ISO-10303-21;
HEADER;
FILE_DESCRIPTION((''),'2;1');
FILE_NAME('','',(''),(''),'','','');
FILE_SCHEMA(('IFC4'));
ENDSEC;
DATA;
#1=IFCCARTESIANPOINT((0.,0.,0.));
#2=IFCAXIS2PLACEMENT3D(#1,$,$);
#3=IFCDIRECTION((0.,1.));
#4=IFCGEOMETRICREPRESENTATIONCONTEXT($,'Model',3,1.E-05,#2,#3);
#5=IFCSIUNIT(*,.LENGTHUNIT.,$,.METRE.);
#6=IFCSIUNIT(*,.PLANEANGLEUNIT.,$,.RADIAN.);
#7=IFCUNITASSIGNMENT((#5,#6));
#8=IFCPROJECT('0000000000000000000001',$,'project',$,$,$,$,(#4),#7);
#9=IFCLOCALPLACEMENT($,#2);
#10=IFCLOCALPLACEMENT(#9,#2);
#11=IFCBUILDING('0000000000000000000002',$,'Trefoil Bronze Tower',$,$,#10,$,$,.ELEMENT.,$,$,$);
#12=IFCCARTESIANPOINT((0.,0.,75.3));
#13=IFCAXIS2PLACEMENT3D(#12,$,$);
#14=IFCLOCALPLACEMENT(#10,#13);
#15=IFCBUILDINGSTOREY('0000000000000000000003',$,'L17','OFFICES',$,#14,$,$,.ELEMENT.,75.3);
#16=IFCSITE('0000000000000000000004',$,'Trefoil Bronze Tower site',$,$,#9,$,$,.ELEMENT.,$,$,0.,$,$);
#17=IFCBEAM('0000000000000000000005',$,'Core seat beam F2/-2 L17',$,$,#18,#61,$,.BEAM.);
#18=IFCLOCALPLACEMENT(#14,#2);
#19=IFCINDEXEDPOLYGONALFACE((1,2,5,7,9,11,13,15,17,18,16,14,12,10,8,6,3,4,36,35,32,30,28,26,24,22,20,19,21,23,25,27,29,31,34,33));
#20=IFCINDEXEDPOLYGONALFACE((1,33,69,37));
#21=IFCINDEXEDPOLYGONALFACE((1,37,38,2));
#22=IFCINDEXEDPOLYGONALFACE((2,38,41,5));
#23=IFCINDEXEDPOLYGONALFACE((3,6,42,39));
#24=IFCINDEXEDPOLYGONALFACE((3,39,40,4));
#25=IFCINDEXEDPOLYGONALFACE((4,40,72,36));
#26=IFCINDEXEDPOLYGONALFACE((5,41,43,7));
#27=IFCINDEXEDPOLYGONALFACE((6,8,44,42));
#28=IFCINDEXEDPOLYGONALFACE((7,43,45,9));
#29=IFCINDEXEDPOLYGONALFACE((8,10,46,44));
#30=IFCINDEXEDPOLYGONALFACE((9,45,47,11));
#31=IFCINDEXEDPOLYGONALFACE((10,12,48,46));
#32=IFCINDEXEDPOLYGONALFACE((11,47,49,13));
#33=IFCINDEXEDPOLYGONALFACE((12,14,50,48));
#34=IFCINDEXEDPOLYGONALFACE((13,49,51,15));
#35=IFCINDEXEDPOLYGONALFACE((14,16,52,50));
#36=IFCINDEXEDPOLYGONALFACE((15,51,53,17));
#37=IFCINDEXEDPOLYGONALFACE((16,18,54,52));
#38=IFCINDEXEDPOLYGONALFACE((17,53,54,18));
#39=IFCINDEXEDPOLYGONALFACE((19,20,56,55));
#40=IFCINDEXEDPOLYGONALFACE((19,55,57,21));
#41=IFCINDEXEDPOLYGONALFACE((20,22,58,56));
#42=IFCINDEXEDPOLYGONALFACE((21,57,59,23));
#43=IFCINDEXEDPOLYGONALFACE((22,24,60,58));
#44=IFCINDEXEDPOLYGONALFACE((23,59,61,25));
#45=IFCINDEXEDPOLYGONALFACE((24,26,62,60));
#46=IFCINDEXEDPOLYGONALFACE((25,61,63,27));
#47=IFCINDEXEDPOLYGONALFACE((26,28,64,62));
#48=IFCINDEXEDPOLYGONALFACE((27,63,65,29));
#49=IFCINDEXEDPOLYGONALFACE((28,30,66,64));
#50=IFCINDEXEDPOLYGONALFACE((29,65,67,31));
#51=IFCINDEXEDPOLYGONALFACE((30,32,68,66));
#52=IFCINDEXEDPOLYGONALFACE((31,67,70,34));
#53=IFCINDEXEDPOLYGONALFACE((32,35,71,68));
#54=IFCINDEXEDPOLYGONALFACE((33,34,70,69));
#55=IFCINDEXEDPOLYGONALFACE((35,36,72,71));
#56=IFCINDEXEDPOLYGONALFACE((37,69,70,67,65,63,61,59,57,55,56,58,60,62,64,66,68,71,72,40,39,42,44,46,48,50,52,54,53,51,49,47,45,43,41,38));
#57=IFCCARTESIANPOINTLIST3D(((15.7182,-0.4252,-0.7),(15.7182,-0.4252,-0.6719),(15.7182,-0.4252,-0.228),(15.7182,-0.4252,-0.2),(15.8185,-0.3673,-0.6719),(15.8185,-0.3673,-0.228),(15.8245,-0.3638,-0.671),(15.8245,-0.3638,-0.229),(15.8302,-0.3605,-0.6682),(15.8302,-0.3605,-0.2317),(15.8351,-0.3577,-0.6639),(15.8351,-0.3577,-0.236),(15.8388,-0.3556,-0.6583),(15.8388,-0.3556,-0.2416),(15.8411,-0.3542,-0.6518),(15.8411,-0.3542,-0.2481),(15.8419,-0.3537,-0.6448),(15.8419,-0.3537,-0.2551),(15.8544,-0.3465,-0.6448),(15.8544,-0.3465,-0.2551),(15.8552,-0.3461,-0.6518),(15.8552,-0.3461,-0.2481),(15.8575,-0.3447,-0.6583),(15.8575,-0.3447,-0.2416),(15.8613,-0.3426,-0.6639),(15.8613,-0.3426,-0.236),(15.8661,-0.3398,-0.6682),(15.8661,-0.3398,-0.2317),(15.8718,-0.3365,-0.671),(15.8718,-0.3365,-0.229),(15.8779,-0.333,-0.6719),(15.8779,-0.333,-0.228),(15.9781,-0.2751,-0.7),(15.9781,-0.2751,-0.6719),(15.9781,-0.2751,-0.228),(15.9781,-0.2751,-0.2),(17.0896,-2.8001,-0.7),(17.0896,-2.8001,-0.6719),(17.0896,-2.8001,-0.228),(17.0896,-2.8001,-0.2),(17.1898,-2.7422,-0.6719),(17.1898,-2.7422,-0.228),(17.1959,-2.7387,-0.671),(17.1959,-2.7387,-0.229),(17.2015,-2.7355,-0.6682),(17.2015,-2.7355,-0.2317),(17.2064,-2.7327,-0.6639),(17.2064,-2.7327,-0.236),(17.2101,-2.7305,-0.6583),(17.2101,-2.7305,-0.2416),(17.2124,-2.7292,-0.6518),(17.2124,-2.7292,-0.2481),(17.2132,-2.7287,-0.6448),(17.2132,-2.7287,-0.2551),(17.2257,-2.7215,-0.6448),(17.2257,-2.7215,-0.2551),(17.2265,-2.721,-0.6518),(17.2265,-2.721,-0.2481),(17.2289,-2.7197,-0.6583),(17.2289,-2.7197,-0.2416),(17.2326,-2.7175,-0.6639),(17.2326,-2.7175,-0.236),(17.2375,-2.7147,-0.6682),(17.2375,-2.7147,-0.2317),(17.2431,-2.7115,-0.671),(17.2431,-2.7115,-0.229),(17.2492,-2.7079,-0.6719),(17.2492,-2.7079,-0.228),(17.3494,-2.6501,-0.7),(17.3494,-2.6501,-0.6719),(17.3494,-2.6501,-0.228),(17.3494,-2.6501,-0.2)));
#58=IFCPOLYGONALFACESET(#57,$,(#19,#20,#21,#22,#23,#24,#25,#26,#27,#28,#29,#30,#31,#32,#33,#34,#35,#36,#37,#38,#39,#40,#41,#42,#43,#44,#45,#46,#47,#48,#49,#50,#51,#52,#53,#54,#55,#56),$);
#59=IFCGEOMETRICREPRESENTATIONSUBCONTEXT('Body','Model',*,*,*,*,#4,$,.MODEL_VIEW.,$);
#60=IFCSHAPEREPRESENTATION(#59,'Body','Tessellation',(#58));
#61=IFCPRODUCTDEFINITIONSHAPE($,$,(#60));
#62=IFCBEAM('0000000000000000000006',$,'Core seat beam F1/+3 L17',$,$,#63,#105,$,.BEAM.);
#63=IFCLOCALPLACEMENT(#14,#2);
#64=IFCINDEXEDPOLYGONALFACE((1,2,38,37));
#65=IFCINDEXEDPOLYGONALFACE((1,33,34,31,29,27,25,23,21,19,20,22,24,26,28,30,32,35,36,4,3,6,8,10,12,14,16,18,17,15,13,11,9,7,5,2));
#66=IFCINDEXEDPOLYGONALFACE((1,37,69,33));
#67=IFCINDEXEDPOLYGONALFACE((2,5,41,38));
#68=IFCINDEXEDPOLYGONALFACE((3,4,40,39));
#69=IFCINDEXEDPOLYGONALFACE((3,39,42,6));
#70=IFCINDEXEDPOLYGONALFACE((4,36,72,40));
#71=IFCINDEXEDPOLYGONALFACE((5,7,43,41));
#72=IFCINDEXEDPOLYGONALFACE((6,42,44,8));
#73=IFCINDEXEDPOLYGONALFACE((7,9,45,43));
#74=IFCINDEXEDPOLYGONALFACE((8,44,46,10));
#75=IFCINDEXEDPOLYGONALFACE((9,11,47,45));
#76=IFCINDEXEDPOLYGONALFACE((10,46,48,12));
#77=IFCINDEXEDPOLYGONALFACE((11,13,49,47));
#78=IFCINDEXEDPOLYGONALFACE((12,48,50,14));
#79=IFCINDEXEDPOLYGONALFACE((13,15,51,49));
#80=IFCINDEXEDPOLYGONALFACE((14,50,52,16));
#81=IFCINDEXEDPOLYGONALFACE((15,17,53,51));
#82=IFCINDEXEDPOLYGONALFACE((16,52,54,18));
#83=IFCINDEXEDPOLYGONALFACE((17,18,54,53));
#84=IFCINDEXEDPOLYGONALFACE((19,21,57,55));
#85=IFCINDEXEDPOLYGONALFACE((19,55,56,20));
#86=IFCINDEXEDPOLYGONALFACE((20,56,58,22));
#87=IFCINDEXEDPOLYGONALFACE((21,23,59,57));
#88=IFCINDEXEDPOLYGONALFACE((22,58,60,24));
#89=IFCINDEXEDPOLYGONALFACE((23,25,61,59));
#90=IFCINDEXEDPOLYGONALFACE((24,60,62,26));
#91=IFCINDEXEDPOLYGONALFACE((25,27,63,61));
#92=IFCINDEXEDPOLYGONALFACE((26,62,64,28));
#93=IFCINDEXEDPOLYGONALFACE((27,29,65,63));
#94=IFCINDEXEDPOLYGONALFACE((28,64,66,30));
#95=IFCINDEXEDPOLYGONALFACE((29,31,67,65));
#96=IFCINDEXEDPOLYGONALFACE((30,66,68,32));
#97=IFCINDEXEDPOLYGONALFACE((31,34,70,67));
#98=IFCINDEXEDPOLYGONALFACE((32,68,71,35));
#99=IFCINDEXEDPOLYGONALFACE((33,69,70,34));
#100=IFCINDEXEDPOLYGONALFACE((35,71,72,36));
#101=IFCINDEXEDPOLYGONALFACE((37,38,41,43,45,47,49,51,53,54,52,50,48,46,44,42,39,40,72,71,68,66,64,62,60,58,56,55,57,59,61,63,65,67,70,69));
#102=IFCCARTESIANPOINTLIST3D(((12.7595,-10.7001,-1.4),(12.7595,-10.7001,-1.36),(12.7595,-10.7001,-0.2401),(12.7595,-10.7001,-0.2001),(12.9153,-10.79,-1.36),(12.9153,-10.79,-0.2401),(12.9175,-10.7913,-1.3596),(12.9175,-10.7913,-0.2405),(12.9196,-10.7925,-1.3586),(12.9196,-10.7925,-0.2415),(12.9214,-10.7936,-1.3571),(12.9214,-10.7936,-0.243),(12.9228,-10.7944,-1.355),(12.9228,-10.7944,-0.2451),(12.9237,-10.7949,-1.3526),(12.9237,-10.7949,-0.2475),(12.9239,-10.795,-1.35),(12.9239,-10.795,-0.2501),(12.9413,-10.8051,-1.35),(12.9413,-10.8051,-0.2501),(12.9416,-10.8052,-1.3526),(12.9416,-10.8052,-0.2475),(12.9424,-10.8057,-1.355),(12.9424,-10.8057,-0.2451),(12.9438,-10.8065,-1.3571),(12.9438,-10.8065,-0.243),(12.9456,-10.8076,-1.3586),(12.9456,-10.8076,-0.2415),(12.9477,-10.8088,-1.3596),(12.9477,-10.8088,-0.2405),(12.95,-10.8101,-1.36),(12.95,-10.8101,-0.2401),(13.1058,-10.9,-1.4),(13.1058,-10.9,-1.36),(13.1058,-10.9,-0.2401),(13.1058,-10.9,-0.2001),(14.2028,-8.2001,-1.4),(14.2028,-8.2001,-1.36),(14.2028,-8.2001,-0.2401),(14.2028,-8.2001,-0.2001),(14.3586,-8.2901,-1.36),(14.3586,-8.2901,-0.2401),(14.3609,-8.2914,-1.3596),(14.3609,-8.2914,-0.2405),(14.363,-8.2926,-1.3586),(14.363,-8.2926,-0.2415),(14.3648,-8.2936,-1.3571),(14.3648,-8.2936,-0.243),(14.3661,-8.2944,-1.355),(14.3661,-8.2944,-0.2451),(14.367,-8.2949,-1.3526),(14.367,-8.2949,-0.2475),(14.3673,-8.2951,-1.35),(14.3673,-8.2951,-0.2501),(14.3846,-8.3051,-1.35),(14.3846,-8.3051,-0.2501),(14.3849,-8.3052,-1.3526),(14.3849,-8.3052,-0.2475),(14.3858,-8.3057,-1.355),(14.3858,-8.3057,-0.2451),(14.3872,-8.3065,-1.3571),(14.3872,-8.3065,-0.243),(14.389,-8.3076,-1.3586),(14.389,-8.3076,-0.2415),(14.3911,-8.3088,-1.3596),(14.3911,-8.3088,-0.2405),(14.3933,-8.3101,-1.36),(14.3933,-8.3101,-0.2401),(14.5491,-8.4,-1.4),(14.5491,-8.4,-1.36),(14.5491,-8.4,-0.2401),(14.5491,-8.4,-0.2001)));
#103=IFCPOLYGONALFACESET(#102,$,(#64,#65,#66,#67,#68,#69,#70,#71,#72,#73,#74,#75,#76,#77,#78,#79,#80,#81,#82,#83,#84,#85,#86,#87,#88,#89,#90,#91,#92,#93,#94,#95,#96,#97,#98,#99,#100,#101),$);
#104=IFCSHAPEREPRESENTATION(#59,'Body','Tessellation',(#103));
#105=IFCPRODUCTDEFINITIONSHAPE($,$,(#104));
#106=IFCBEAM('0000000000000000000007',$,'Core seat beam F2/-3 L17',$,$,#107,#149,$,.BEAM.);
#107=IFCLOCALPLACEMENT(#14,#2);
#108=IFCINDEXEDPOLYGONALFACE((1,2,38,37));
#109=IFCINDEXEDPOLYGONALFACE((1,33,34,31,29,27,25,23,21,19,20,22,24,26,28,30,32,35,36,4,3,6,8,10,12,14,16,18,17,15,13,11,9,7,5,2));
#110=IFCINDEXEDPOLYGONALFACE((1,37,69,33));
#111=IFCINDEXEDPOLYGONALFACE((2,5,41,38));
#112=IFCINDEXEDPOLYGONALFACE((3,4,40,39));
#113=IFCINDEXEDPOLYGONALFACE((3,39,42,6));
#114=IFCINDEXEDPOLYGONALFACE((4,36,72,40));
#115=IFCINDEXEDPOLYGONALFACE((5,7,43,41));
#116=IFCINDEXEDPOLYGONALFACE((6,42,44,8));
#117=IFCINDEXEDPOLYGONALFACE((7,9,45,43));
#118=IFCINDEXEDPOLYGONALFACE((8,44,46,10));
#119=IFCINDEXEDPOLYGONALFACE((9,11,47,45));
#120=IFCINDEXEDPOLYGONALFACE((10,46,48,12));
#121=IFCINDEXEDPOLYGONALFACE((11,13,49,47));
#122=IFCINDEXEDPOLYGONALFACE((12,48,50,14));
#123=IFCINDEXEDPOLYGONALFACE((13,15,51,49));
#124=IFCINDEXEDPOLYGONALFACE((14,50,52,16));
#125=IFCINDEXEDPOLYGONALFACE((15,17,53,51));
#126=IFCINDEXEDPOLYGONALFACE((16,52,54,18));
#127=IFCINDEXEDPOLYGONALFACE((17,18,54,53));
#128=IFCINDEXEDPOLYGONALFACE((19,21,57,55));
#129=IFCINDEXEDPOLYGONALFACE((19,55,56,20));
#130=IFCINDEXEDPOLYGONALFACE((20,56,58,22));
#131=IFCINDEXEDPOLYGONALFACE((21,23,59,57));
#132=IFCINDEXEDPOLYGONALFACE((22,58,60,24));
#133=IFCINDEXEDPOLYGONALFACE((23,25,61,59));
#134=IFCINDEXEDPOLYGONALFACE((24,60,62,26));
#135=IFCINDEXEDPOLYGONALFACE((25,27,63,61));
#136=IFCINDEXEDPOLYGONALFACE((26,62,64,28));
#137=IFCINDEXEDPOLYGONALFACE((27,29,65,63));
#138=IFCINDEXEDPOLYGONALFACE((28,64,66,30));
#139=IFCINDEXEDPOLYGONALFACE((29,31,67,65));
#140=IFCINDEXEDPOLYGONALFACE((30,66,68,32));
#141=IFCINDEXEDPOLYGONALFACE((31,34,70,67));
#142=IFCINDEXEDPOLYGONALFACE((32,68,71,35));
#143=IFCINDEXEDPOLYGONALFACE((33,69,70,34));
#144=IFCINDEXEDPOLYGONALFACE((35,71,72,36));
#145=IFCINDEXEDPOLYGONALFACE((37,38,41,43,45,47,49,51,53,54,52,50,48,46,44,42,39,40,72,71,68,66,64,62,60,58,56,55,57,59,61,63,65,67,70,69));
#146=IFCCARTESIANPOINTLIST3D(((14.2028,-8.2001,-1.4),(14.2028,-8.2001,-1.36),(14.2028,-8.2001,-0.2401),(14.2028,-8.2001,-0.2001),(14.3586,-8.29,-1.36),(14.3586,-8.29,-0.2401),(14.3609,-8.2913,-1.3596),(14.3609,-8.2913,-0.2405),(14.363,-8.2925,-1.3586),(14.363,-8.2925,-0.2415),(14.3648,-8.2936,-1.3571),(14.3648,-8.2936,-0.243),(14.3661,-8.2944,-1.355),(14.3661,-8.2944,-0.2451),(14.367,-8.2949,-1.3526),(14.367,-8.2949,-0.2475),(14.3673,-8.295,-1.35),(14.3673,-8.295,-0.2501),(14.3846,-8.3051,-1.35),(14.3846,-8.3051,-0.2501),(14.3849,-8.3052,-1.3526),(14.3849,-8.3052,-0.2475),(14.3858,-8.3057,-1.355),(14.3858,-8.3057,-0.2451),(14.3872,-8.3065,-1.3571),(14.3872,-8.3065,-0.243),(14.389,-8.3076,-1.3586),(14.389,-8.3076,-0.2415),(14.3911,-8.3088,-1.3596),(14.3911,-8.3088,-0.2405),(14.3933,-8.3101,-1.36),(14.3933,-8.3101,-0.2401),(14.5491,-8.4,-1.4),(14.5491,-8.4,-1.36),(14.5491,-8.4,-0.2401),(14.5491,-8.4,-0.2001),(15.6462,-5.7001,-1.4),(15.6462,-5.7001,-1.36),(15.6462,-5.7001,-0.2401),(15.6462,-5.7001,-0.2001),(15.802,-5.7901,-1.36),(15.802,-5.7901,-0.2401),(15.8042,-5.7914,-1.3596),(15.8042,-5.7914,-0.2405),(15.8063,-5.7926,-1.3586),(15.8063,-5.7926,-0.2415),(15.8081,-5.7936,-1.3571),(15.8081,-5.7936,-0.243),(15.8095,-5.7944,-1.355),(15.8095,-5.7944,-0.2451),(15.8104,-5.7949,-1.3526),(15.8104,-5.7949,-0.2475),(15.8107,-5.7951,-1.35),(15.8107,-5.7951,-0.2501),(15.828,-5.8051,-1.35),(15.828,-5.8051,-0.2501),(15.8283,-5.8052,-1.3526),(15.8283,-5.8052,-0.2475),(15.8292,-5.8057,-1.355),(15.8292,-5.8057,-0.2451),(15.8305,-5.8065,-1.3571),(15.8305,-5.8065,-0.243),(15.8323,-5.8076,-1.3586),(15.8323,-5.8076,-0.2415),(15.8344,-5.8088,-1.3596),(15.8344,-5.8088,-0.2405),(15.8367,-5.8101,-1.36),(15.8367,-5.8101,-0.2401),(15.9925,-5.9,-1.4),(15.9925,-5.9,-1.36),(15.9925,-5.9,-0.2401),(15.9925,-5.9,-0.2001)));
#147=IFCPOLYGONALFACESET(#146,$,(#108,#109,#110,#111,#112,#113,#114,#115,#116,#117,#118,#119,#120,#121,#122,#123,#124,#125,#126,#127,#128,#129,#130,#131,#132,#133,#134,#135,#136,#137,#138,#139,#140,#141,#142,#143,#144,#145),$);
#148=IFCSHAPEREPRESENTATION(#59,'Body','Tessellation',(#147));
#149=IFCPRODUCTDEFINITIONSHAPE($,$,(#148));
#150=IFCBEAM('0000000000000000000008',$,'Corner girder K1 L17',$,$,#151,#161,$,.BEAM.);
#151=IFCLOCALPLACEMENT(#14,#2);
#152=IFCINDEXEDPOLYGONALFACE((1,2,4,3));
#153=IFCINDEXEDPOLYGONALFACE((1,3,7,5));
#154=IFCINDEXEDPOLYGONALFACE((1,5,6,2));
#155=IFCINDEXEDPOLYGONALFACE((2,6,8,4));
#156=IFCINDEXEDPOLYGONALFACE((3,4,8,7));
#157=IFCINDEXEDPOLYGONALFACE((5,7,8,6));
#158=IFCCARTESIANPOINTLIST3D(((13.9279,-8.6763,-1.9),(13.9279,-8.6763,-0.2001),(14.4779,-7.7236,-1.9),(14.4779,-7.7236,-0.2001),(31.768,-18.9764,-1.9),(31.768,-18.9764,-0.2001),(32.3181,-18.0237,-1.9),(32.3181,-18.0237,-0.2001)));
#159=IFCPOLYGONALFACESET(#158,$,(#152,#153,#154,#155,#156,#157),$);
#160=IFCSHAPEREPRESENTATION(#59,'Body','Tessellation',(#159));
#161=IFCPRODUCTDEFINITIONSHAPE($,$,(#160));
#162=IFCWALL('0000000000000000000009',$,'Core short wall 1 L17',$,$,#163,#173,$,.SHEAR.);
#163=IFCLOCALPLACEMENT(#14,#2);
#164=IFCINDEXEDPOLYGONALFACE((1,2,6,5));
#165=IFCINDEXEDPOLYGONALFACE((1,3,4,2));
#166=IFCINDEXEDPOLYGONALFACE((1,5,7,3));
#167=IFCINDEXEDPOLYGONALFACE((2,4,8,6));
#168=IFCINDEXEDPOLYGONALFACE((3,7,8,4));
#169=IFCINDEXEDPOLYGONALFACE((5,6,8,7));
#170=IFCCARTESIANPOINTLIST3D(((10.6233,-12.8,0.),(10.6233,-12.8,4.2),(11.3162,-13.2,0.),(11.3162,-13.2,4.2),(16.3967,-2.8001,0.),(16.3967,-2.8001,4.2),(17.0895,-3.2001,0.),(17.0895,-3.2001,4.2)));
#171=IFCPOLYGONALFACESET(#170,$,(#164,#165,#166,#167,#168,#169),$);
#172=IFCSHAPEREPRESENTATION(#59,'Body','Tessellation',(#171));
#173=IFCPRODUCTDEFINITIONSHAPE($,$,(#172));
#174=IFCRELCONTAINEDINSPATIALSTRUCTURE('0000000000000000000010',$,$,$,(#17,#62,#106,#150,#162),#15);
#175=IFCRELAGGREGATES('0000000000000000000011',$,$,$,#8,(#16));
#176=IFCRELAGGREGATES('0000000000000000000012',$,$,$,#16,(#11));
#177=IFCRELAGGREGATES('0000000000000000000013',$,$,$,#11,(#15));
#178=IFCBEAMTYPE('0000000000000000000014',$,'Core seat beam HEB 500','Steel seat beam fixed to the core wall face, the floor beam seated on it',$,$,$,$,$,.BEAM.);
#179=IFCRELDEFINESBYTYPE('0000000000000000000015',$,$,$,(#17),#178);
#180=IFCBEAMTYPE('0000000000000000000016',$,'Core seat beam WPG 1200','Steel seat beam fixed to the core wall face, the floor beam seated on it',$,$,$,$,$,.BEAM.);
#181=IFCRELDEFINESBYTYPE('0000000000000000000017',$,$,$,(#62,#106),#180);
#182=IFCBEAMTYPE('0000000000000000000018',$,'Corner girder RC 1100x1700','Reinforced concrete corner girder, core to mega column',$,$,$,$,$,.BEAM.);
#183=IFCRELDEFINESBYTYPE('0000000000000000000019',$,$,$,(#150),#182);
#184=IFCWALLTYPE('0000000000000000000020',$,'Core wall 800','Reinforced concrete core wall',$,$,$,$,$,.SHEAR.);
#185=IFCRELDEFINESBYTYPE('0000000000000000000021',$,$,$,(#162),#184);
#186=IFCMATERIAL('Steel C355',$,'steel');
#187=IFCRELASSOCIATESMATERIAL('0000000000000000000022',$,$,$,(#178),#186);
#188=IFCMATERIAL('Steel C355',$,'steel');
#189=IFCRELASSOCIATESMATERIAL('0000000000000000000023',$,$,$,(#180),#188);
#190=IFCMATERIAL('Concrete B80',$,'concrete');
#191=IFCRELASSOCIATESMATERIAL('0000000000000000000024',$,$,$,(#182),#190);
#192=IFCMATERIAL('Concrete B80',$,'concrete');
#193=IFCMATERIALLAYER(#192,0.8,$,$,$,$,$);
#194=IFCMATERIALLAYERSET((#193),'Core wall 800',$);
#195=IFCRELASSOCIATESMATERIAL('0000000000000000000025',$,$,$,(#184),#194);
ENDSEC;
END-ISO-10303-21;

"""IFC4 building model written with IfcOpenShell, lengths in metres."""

from ifc_helpers import new_model, si_unit, direction, frame, frame_2d, origin, origin_2d, place, context, subcontext, project, spatial, rectangle, i_section, extrude, material, layer, layer_set, material_profile, profile_set, type_object, element, save


model = new_model("IFC4")

# Units and contexts
model_context = context("Model", 3, precision=1e-05, world=origin(), true_north=direction((0.0, 1.0)))
body_context = subcontext(model_context, "Body", "Model", "MODEL_VIEW")
ifc_project = project(units=[si_unit("LENGTHUNIT", "METRE"), si_unit("PLANEANGLEUNIT", "RADIAN")], contexts=[model_context])

# Site, building, storey
site_placement = place(None, origin())
site = spatial("IfcSite", under=ifc_project, at=site_placement, Name="Trefoil Bronze Tower site", CompositionType="ELEMENT", RefElevation=0.0)
building_placement = place(site_placement, origin())
building = spatial("IfcBuilding", under=site, at=building_placement, Name="Trefoil Bronze Tower", CompositionType="ELEMENT")
storey_placement = place(building_placement, frame((0.0, 0.0, 75.3)))
storey = spatial("IfcBuildingStorey", under=building, at=storey_placement, Name="L17", Description="OFFICES", CompositionType="ELEMENT", Elevation=75.3)

# Beams
ifc_material_1 = material(Name="Steel C355", Category="steel")
ifc_material_profile_1 = material_profile(ifc_material_1, i_section(OverallWidth=0.3, OverallDepth=0.5, WebThickness=0.0144, FlangeThickness=0.0281, FilletRadius=0.0271, at=origin_2d()), Name="HEB 500")
ifc_profile_set_1 = profile_set([ifc_material_profile_1], Name="Steel C355")
beam_type_1 = type_object("IfcBeamType", Name="Core seat beam HEB 500", Description="Steel seat beam fixed to the core wall face, the floor beam seated on it", PredefinedType="BEAM", material=ifc_profile_set_1)
beam_1_placement = place(storey_placement, frame((17.2195, -2.7251, -0.45), z_axis=(-0.500036, 0.866005, 0.0), x_axis=(-0.866005, -0.500036, 0.0)))
element("IfcBeam", 1, at=beam_1_placement, inside=storey, type_object=beam_type_1, Name="Core seat beam F2/-2 L17", PredefinedType="BEAM", context=body_context, shape_type="SweptSolid", body=[
    extrude(i_section(OverallWidth=0.3, OverallDepth=0.5, WebThickness=0.0144, FlangeThickness=0.0281, FilletRadius=0.0271, at=origin_2d()), origin(), (0.0, 0.0, 1.0), 2.7424),
])
ifc_material_2 = material(Name="Steel C355", Category="steel")
ifc_material_profile_2 = material_profile(ifc_material_2, i_section(OverallWidth=0.3999, OverallDepth=1.2, WebThickness=0.02, FlangeThickness=0.04, FilletRadius=0.01, at=origin_2d()), Name="WPG 1200")
ifc_profile_set_2 = profile_set([ifc_material_profile_2], Name="Steel C355")
beam_type_2 = type_object("IfcBeamType", Name="Core seat beam WPG 1200", Description="Steel seat beam fixed to the core wall face, the floor beam seated on it", PredefinedType="BEAM", material=ifc_profile_set_2)
for number, where, z_axis, x_axis, name in (
    (2, (12.9326, -10.8, -0.8), (0.499996, 0.866028, 0.0), (-0.866028, 0.499996, 0.0), "Core seat beam F1/+3 L17"),
    (3, (14.376, -8.3, -0.8), (0.499996, 0.866028, 0.0), (-0.866028, 0.499996, 0.0), "Core seat beam F2/-3 L17"),
):
    element("IfcBeam", number, at=place(storey_placement, frame(where, z_axis=z_axis, x_axis=x_axis)), inside=storey, type_object=beam_type_2, Name=name, PredefinedType="BEAM", context=body_context, shape_type="SweptSolid", body=[
        extrude(i_section(OverallWidth=0.3999, OverallDepth=1.2, WebThickness=0.02, FlangeThickness=0.04, FilletRadius=0.01, at=origin_2d()), origin(), (0.0, 0.0, 1.0), 2.8867),
    ])
ifc_material_3 = material(Name="Concrete B80", Category="concrete")
ifc_material_profile_3 = material_profile(ifc_material_3, rectangle(XDim=1.1001, YDim=1.7, at=origin_2d()), Name="RC 1100x1700")
ifc_profile_set_3 = profile_set([ifc_material_profile_3], Name="Concrete B80")
beam_type_3 = type_object("IfcBeamType", Name="Corner girder RC 1100x1700", Description="Reinforced concrete corner girder, core to mega column", PredefinedType="BEAM", material=ifc_profile_set_3)
beam_2_placement = place(storey_placement, frame((14.2029, -8.2, -1.05), z_axis=(0.866024, -0.500003, 0.0), x_axis=(0.500003, 0.866024, 0.0)))
element("IfcBeam", 4, at=beam_2_placement, inside=storey, type_object=beam_type_3, Name="Corner girder K1 L17", PredefinedType="BEAM", context=body_context, shape_type="SweptSolid", body=[
    extrude(rectangle(XDim=1.1001, YDim=1.7, at=origin_2d()), origin(), (0.0, 0.0, 1.0), 20.6001),
])

# Wall
ifc_material_4 = material(Name="Concrete B80", Category="concrete")
ifc_layer_1 = layer(ifc_material_4, 0.8)
ifc_layer_set_1 = layer_set([ifc_layer_1], Name="Core wall 800")
wall_type_1 = type_object("IfcWallType", Name="Core wall 800", Description="Reinforced concrete core wall", PredefinedType="SHEAR", material=ifc_layer_set_1)
wall_1_placement = place(storey_placement, frame((10.9697, -13.0, 0.0), z_axis=(0.0, 0.0, 1.0), x_axis=(0.499996, 0.866028, 0.0)))
element("IfcWall", 5, at=wall_1_placement, inside=storey, type_object=wall_type_1, Name="Core short wall 1 L17", PredefinedType="SHEAR", context=body_context, shape_type="SweptSolid", body=[
    extrude(rectangle(XDim=11.5469, YDim=0.8, at=frame_2d((5.7734, 0.0))), origin(), (0.0, 0.0, 1.0), 4.2),
])

save(model, "model.ifc")
